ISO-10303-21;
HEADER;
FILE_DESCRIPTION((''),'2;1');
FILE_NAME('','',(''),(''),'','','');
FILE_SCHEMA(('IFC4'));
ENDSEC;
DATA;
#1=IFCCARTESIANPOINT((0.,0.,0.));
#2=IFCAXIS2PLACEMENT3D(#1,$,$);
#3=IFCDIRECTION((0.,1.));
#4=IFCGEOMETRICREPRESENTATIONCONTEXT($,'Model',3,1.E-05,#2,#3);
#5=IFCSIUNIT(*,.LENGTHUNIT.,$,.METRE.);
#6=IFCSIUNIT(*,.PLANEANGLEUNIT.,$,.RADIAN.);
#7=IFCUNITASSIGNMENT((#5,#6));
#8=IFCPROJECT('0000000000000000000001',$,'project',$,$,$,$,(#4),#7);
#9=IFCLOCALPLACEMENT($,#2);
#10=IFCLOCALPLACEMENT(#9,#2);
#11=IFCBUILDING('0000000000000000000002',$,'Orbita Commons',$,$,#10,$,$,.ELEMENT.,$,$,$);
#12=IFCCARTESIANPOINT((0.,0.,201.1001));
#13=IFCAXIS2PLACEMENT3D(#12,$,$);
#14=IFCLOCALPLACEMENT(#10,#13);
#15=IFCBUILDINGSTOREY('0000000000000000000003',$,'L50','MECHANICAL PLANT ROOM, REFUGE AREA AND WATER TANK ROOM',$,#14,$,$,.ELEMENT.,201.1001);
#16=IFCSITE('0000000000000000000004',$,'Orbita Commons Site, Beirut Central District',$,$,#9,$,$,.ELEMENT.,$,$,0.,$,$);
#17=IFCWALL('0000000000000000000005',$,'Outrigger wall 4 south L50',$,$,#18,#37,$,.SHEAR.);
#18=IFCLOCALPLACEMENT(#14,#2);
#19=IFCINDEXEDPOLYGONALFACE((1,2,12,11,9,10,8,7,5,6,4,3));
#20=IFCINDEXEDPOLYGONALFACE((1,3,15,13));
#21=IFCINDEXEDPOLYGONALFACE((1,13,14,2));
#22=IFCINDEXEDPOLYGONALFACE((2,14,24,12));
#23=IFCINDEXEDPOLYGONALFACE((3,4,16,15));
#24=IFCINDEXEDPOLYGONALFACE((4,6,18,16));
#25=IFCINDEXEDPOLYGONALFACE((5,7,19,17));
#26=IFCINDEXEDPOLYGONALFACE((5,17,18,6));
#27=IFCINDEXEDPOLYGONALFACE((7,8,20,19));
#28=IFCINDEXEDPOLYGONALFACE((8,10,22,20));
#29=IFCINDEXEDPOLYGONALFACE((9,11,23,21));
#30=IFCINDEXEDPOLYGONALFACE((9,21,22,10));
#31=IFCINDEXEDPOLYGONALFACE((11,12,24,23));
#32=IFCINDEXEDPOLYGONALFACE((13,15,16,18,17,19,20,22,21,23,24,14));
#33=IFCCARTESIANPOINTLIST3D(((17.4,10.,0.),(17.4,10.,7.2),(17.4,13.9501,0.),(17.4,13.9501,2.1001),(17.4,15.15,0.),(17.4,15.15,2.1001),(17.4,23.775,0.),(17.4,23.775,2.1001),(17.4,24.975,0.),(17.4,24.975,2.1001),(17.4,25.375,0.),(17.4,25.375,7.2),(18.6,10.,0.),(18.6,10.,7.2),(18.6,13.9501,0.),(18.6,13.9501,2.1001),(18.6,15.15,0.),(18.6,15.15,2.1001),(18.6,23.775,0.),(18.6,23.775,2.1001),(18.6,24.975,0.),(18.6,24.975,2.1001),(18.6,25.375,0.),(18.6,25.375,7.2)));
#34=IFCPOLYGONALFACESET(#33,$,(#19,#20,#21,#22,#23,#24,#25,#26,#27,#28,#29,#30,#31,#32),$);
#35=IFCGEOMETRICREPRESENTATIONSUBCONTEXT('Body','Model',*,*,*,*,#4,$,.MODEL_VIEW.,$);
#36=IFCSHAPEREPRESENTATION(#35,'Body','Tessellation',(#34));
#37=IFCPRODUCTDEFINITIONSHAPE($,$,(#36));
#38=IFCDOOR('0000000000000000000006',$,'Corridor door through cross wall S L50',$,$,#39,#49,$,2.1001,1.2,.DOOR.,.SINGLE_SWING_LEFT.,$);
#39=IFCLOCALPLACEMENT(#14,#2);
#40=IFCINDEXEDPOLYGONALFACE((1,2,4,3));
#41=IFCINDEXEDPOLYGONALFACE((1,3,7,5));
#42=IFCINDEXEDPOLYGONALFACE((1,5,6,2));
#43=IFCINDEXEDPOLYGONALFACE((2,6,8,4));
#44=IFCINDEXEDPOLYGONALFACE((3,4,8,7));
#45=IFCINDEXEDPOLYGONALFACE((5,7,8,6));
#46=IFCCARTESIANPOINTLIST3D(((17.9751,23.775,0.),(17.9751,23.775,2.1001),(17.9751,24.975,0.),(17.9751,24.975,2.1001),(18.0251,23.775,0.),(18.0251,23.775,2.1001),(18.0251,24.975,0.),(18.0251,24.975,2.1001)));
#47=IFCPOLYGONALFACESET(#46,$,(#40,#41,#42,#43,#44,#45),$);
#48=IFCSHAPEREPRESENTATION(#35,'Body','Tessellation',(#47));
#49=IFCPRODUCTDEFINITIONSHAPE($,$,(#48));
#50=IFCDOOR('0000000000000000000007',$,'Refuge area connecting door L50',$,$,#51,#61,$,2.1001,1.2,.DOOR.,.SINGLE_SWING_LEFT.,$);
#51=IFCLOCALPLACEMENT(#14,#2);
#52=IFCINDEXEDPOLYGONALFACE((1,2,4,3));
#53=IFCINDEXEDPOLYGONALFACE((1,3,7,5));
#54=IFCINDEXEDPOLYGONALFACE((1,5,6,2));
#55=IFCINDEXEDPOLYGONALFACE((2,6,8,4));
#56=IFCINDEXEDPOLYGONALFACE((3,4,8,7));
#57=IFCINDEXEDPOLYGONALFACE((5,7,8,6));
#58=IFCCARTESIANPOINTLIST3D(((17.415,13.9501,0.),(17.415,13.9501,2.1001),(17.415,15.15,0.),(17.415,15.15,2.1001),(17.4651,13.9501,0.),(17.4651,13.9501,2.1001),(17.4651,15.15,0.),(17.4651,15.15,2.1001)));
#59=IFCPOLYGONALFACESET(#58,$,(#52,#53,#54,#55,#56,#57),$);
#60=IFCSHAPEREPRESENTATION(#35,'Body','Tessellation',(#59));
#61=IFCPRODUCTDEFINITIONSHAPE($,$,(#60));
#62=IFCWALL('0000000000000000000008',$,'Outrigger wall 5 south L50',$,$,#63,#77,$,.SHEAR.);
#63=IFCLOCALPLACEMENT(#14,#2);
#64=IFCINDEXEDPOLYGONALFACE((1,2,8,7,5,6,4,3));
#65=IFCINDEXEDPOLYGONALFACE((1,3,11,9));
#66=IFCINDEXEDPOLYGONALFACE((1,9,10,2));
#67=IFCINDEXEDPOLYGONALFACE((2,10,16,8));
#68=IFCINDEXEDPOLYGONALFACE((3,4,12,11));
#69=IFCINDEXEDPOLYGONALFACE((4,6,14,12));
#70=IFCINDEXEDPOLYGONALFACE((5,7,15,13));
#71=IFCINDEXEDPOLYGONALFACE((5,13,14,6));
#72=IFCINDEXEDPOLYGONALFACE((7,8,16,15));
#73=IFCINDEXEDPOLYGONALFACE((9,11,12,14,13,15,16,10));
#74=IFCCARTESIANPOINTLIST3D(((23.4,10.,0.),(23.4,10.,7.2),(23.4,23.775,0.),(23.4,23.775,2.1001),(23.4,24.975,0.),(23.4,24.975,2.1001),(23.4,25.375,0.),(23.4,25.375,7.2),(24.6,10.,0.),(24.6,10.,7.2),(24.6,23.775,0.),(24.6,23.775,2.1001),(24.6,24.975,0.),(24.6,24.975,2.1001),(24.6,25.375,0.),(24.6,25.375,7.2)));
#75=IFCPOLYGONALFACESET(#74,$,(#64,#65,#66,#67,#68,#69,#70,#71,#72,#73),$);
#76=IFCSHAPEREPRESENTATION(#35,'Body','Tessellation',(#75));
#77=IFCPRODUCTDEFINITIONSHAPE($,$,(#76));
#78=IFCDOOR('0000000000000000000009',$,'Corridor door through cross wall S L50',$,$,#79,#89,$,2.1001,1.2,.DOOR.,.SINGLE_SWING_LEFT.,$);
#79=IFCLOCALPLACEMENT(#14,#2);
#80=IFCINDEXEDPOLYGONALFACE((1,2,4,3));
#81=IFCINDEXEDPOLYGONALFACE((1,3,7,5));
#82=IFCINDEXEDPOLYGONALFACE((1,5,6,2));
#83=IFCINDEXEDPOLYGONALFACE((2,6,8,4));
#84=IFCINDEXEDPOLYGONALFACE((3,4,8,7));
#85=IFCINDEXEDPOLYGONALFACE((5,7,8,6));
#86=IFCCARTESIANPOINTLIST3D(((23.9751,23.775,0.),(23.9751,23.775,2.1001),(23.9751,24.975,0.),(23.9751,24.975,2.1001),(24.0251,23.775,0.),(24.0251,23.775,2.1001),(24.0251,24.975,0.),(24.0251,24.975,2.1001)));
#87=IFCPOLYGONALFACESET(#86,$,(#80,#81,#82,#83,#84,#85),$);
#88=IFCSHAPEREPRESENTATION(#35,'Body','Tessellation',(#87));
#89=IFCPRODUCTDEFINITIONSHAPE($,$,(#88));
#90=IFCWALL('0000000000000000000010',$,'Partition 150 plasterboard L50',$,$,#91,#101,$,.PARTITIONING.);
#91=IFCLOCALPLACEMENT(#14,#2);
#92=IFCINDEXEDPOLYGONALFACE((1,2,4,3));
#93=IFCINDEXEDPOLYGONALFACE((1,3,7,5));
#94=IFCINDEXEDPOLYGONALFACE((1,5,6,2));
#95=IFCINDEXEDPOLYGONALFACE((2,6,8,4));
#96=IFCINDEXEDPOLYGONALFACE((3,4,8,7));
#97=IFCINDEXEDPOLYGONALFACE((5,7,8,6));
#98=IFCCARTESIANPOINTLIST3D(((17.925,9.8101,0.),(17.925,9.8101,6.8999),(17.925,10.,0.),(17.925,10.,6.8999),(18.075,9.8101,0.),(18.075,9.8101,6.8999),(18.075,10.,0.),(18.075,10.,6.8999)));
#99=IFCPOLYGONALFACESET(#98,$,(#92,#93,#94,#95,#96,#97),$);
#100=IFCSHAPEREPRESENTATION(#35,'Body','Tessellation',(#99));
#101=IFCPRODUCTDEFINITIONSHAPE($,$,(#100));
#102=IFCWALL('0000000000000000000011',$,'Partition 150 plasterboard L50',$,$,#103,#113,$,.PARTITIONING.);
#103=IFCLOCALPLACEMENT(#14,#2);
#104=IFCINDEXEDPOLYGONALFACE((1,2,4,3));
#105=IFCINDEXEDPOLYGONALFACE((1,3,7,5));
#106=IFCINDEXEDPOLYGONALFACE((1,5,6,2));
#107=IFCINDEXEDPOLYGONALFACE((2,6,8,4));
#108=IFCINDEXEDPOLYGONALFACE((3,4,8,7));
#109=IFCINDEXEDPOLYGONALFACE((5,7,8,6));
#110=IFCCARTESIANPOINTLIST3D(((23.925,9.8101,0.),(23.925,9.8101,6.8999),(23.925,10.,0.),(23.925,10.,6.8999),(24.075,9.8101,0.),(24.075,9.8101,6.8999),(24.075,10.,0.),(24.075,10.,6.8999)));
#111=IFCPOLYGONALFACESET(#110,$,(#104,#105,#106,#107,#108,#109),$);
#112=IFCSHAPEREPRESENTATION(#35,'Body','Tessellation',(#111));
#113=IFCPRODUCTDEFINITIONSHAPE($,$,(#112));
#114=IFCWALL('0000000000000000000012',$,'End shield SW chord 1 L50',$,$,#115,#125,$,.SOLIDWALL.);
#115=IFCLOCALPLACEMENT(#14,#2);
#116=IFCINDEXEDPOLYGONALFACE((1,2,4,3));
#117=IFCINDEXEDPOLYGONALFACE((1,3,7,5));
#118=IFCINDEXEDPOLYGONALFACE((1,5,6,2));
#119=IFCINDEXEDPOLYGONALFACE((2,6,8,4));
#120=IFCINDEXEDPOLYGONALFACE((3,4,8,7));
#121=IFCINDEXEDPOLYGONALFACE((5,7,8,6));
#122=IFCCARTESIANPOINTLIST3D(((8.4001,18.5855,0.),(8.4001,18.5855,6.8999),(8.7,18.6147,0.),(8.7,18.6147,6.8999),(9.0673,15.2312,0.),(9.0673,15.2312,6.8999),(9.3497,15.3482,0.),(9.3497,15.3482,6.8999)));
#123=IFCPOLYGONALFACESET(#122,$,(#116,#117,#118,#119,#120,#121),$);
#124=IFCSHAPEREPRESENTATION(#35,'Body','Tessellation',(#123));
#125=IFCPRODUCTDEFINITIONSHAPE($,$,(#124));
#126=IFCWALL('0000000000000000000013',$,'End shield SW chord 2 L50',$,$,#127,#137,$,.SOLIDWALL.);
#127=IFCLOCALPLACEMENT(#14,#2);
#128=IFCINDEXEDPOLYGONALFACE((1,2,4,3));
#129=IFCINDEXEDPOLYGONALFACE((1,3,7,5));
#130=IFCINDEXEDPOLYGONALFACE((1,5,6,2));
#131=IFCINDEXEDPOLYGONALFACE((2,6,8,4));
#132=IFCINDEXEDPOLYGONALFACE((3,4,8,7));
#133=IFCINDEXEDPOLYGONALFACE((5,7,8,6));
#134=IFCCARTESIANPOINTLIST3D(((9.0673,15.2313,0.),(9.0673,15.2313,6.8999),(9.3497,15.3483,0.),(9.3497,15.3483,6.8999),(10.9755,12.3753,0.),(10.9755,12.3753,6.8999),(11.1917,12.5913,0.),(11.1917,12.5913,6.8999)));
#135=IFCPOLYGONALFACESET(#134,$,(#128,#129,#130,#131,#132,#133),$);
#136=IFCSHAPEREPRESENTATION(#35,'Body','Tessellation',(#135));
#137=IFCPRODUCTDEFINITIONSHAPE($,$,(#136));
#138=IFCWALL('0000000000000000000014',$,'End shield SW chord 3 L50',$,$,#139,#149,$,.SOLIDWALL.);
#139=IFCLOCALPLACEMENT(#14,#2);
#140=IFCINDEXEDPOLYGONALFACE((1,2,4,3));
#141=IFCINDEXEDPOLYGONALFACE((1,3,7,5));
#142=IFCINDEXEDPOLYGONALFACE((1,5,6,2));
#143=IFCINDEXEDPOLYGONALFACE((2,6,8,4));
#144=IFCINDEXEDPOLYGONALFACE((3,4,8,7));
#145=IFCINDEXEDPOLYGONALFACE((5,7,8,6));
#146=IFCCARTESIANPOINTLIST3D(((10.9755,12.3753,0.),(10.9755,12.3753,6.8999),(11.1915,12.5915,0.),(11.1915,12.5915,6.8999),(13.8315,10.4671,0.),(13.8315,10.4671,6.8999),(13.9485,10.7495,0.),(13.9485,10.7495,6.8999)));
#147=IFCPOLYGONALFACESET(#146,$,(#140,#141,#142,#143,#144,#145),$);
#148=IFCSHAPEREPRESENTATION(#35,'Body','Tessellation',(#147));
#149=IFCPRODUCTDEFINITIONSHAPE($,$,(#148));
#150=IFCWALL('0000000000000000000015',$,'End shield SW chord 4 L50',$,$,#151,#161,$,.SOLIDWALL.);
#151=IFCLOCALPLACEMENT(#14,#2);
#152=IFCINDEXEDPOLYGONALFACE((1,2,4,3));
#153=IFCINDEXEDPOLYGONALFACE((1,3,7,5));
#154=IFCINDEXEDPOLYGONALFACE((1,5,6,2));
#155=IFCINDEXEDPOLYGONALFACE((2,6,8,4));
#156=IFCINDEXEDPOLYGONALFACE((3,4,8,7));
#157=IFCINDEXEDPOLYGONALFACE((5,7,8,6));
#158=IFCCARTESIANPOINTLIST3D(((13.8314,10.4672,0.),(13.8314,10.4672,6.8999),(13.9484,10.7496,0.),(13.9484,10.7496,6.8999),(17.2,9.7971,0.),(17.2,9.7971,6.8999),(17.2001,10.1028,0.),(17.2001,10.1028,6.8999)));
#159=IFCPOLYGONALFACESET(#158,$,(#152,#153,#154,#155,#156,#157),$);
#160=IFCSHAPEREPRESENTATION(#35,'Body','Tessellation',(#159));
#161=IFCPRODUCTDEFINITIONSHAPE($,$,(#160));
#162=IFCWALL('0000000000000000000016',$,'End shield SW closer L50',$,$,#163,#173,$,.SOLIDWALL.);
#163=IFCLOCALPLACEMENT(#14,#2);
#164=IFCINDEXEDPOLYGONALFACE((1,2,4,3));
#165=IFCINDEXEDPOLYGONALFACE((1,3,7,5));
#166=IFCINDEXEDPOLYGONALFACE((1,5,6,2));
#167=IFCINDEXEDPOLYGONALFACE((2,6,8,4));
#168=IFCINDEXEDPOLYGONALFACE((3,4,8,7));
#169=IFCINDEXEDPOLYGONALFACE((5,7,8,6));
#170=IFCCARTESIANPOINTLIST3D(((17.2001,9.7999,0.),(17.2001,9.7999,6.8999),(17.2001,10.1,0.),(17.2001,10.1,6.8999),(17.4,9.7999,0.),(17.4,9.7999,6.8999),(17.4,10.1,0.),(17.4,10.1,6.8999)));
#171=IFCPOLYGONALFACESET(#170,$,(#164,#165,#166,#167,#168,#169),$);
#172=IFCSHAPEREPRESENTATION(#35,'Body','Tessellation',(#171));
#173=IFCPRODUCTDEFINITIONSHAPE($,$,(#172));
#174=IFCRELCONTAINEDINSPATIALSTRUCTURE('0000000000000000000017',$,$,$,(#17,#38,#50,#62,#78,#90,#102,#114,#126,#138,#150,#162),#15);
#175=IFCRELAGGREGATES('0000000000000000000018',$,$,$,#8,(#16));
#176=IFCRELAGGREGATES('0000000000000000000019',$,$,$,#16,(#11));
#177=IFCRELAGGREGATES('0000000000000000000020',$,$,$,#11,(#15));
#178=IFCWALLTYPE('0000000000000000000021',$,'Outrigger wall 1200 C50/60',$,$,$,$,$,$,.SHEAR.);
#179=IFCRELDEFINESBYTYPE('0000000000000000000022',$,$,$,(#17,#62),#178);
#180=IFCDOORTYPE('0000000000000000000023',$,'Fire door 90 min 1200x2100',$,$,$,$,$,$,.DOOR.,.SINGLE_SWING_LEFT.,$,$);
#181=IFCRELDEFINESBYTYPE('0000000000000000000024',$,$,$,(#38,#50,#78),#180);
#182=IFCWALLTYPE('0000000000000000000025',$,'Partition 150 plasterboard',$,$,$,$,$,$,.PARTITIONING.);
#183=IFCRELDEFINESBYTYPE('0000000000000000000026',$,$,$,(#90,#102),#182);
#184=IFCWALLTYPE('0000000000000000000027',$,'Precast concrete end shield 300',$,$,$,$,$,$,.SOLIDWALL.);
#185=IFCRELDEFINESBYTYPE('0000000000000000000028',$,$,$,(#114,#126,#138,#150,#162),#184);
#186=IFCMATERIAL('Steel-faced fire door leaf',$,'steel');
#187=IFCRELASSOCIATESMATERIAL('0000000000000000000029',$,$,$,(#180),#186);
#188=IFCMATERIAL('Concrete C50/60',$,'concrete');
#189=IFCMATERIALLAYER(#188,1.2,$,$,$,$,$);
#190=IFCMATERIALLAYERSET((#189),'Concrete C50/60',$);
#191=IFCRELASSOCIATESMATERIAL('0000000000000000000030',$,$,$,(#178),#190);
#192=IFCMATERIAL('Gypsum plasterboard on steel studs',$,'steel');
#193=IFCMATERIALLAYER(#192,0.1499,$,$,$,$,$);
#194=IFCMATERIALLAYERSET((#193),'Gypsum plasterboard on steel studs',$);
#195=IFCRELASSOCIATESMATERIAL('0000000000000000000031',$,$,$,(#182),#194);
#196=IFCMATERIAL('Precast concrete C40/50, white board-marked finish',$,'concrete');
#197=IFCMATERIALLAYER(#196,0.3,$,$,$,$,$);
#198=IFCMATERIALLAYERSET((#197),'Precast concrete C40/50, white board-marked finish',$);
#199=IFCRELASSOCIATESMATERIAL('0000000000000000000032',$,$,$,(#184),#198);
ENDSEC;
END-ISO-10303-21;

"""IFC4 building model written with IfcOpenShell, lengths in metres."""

from ifc_helpers import new_model, si_unit, direction, frame, frame_2d, origin, place, context, subcontext, project, spatial, polyline, rectangle, outline, extrude, material, layer, layer_set, type_object, element, fill, save


model = new_model("IFC4")

# Units and contexts
model_context = context("Model", 3, precision=1e-05, world=origin(), true_north=direction((0.0, 1.0)))
body_context = subcontext(model_context, "Body", "Model", "MODEL_VIEW")
ifc_project = project(units=[si_unit("LENGTHUNIT", "METRE"), si_unit("PLANEANGLEUNIT", "RADIAN")], contexts=[model_context])

# Site, building, storey
site_placement = place(None, origin())
site = spatial("IfcSite", under=ifc_project, at=site_placement, Name="Orbita Commons Site, Beirut Central District", CompositionType="ELEMENT", RefElevation=0.0)
building_placement = place(site_placement, origin())
building = spatial("IfcBuilding", under=site, at=building_placement, Name="Orbita Commons", CompositionType="ELEMENT")
storey_placement = place(building_placement, frame((0.0, 0.0, 201.1001)))
storey = spatial("IfcBuildingStorey", under=building, at=storey_placement, Name="L50", Description="MECHANICAL PLANT ROOM, REFUGE AREA AND WATER TANK ROOM", CompositionType="ELEMENT", Elevation=201.1001)

# Shared definitions
ifc_material_1 = material(Name="Steel-faced fire door leaf", Category="steel")
door_type = type_object("IfcDoorType", Name="Fire door 90 min 1200x2100", OperationType="SINGLE_SWING_LEFT", PredefinedType="DOOR", material=ifc_material_1)

# Wall, openings, doors
ifc_material_2 = material(Name="Concrete C50/60", Category="concrete")
ifc_layer_1 = layer(ifc_material_2, 1.2)
ifc_layer_set_1 = layer_set([ifc_layer_1], Name="Concrete C50/60")
wall_type_1 = type_object("IfcWallType", Name="Outrigger wall 1200 C50/60", PredefinedType="SHEAR", material=ifc_layer_set_1)
wall_1_placement = place(storey_placement, frame((18.0, 10.0, 0.0), z_axis=(0.0, 0.0, 1.0), x_axis=(0.0, 1.0, 0.0)))
wall_1 = element("IfcWall", 1, at=wall_1_placement, inside=storey, type_object=wall_type_1, Name="Outrigger wall 4 south L50", PredefinedType="SHEAR", context=body_context, shape_type="SweptSolid", body=[
    extrude(rectangle(XDim=15.375, YDim=1.2, at=frame_2d((7.6875, 0.0))), origin(), (0.0, 0.0, 1.0), 7.2),
])
opening_1_placement = place(wall_1_placement, frame((13.7749, 0.0, 0.0)))
opening_1 = element("IfcOpeningElement", 2, at=opening_1_placement, cuts=wall_1, PredefinedType="OPENING", context=body_context, shape_type="SweptSolid", body=[
    extrude(rectangle(XDim=1.2, YDim=2.1001, at=frame_2d((0.6001, 1.05))), frame((0.0, 0.6099, 0.0), z_axis=(0.0, -1.0, 0.0), x_axis=(1.0, 0.0, 0.0)), (0.0, 0.0, 1.0), 1.22),
])
opening_2_placement = place(wall_1_placement, frame((3.95, 0.0, 0.0)))
opening_2 = element("IfcOpeningElement", 3, at=opening_2_placement, cuts=wall_1, PredefinedType="OPENING", context=body_context, shape_type="SweptSolid", body=[
    extrude(rectangle(XDim=1.2, YDim=2.1001, at=frame_2d((0.6001, 1.05))), frame((0.0, 0.6099, 0.0), z_axis=(0.0, -1.0, 0.0), x_axis=(1.0, 0.0, 0.0)), (0.0, 0.0, 1.0), 1.22),
])
door_1_placement = place(opening_1_placement, origin())
door_1 = element("IfcDoor", 4, at=door_1_placement, inside=storey, type_object=door_type, Name="Corridor door through cross wall S L50", OperationType="SINGLE_SWING_LEFT", OverallHeight=2.1001, OverallWidth=1.2, PredefinedType="DOOR", context=body_context, shape_type="SweptSolid", body=[
    extrude(rectangle(XDim=1.2, YDim=2.1001, at=frame_2d((0.6001, 1.05))), frame((0.0, 0.0249, 0.0), z_axis=(0.0, -1.0, 0.0), x_axis=(1.0, 0.0, 0.0)), (0.0, 0.0, 1.0), 0.05),
])
fill(opening_1, door_1)
door_2_placement = place(opening_2_placement, origin())
door_2 = element("IfcDoor", 5, at=door_2_placement, inside=storey, type_object=door_type, Name="Refuge area connecting door L50", OperationType="SINGLE_SWING_LEFT", OverallHeight=2.1001, OverallWidth=1.2, PredefinedType="DOOR", context=body_context, shape_type="SweptSolid", body=[
    extrude(rectangle(XDim=1.2, YDim=2.1001, at=frame_2d((0.6001, 1.05))), frame((0.0, 0.585, 0.0), z_axis=(0.0, -1.0, 0.0), x_axis=(1.0, 0.0, 0.0)), (0.0, 0.0, 1.0), 0.05),
])
fill(opening_2, door_2)

# Wall, opening, door
wall_2_placement = place(storey_placement, frame((24.0, 10.0, 0.0), z_axis=(0.0, 0.0, 1.0), x_axis=(0.0, 1.0, 0.0)))
wall_2 = element("IfcWall", 6, at=wall_2_placement, inside=storey, type_object=wall_type_1, Name="Outrigger wall 5 south L50", PredefinedType="SHEAR", context=body_context, shape_type="SweptSolid", body=[
    extrude(rectangle(XDim=15.375, YDim=1.2, at=frame_2d((7.6875, 0.0))), origin(), (0.0, 0.0, 1.0), 7.2),
])
opening_3_placement = place(wall_2_placement, frame((13.7749, 0.0, 0.0)))
opening_3 = element("IfcOpeningElement", 7, at=opening_3_placement, cuts=wall_2, PredefinedType="OPENING", context=body_context, shape_type="SweptSolid", body=[
    extrude(rectangle(XDim=1.2, YDim=2.1001, at=frame_2d((0.6001, 1.05))), frame((0.0, 0.6099, 0.0), z_axis=(0.0, -1.0, 0.0), x_axis=(1.0, 0.0, 0.0)), (0.0, 0.0, 1.0), 1.22),
])
door_3_placement = place(opening_3_placement, origin())
door_3 = element("IfcDoor", 8, at=door_3_placement, inside=storey, type_object=door_type, Name="Corridor door through cross wall S L50", OperationType="SINGLE_SWING_LEFT", OverallHeight=2.1001, OverallWidth=1.2, PredefinedType="DOOR", context=body_context, shape_type="SweptSolid", body=[
    extrude(rectangle(XDim=1.2, YDim=2.1001, at=frame_2d((0.6001, 1.05))), frame((0.0, 0.0249, 0.0), z_axis=(0.0, -1.0, 0.0), x_axis=(1.0, 0.0, 0.0)), (0.0, 0.0, 1.0), 0.05),
])
fill(opening_3, door_3)

# Walls
ifc_material_3 = material(Name="Gypsum plasterboard on steel studs", Category="steel")
ifc_layer_2 = layer(ifc_material_3, 0.1499)
ifc_layer_set_2 = layer_set([ifc_layer_2], Name="Gypsum plasterboard on steel studs")
wall_type_2 = type_object("IfcWallType", Name="Partition 150 plasterboard", PredefinedType="PARTITIONING", material=ifc_layer_set_2)
for number, where, z_axis, x_axis, name in (
    (9, (18.0, 10.0, 0.0), (0.0, 0.0, 1.0), (0.0, -1.0, 0.0), "Partition 150 plasterboard L50"),
    (10, (24.0, 10.0, 0.0), (0.0, 0.0, 1.0), (0.0, -1.0, 0.0), "Partition 150 plasterboard L50"),
):
    element("IfcWall", number, at=place(storey_placement, frame(where, z_axis=z_axis, x_axis=x_axis)), inside=storey, type_object=wall_type_2, Name=name, PredefinedType="PARTITIONING", context=body_context, shape_type="SweptSolid", body=[
        extrude(rectangle(XDim=0.1899, YDim=0.1499, at=frame_2d((0.095, 0.0))), origin(), (0.0, 0.0, 1.0), 6.8999),
    ])
ifc_material_4 = material(Name="Precast concrete C40/50, white board-marked finish", Category="concrete")
ifc_layer_3 = layer(ifc_material_4, 0.3)
ifc_layer_set_3 = layer_set([ifc_layer_3], Name="Precast concrete C40/50, white board-marked finish")
wall_type_3 = type_object("IfcWallType", Name="Precast concrete end shield 300", PredefinedType="SOLIDWALL", material=ifc_layer_set_3)
wall_3_placement = place(storey_placement, frame((8.55, 18.6001, 0.0), z_axis=(0.0, 0.0, 1.0), x_axis=(0.195087, -0.980786, 0.0)))
element("IfcWall", 11, at=wall_3_placement, inside=storey, type_object=wall_type_3, Name="End shield SW chord 1 L50", PredefinedType="SOLIDWALL", context=body_context, shape_type="SweptSolid", body=[
    extrude(outline(polyline([(-0.0149, -0.1499), (3.405, -0.1499), (3.3455, 0.1499), (0.0149, 0.1499), (-0.0149, -0.1499)])), origin(), (0.0, 0.0, 1.0), 6.8999),
])
for number, where, z_axis, x_axis, name in (
    (12, (9.2085, 15.2898, 0.0), (0.0, 0.0, 1.0), (0.555535, -0.831493, 0.0), "End shield SW chord 2 L50"),
    (13, (11.0835, 12.4834, 0.0), (0.0, 0.0, 1.0), (0.831493, -0.555535, 0.0), "End shield SW chord 3 L50"),
):
    element("IfcWall", number, at=place(storey_placement, frame(where, z_axis=z_axis, x_axis=x_axis)), inside=storey, type_object=wall_type_3, Name=name, PredefinedType="SOLIDWALL", context=body_context, shape_type="SweptSolid", body=[
        extrude(outline(polyline([(-0.0298, -0.1499), (3.405, -0.1499), (3.3455, 0.1499), (0.0298, 0.1499), (-0.0298, -0.1499)])), origin(), (0.0, 0.0, 1.0), 6.8999),
    ])
wall_4_placement = place(storey_placement, frame((13.8899, 10.6084, 0.0), z_axis=(0.0, 0.0, 1.0), x_axis=(0.980783, -0.1951, 0.0)))
element("IfcWall", 14, at=wall_4_placement, inside=storey, type_object=wall_type_3, Name="End shield SW chord 4 L50", PredefinedType="SOLIDWALL", context=body_context, shape_type="SweptSolid", body=[
    extrude(outline(polyline([(-0.0298, -0.1499), (3.4048, -0.1499), (3.3452, 0.1499), (0.0298, 0.1499), (-0.0298, -0.1499)])), origin(), (0.0, 0.0, 1.0), 6.8999),
])
wall_5_placement = place(storey_placement, frame((17.2, 9.95, 0.0), z_axis=(0.0, 0.0, 1.0), x_axis=(1.0, 0.0, 0.0)))
element("IfcWall", 15, at=wall_5_placement, inside=storey, type_object=wall_type_3, Name="End shield SW closer L50", PredefinedType="SOLIDWALL", context=body_context, shape_type="SweptSolid", body=[
    extrude(rectangle(XDim=0.2, YDim=0.3, at=frame_2d((0.1001, 0.0))), origin(), (0.0, 0.0, 1.0), 6.8999),
])

save(model, "model.ifc")
